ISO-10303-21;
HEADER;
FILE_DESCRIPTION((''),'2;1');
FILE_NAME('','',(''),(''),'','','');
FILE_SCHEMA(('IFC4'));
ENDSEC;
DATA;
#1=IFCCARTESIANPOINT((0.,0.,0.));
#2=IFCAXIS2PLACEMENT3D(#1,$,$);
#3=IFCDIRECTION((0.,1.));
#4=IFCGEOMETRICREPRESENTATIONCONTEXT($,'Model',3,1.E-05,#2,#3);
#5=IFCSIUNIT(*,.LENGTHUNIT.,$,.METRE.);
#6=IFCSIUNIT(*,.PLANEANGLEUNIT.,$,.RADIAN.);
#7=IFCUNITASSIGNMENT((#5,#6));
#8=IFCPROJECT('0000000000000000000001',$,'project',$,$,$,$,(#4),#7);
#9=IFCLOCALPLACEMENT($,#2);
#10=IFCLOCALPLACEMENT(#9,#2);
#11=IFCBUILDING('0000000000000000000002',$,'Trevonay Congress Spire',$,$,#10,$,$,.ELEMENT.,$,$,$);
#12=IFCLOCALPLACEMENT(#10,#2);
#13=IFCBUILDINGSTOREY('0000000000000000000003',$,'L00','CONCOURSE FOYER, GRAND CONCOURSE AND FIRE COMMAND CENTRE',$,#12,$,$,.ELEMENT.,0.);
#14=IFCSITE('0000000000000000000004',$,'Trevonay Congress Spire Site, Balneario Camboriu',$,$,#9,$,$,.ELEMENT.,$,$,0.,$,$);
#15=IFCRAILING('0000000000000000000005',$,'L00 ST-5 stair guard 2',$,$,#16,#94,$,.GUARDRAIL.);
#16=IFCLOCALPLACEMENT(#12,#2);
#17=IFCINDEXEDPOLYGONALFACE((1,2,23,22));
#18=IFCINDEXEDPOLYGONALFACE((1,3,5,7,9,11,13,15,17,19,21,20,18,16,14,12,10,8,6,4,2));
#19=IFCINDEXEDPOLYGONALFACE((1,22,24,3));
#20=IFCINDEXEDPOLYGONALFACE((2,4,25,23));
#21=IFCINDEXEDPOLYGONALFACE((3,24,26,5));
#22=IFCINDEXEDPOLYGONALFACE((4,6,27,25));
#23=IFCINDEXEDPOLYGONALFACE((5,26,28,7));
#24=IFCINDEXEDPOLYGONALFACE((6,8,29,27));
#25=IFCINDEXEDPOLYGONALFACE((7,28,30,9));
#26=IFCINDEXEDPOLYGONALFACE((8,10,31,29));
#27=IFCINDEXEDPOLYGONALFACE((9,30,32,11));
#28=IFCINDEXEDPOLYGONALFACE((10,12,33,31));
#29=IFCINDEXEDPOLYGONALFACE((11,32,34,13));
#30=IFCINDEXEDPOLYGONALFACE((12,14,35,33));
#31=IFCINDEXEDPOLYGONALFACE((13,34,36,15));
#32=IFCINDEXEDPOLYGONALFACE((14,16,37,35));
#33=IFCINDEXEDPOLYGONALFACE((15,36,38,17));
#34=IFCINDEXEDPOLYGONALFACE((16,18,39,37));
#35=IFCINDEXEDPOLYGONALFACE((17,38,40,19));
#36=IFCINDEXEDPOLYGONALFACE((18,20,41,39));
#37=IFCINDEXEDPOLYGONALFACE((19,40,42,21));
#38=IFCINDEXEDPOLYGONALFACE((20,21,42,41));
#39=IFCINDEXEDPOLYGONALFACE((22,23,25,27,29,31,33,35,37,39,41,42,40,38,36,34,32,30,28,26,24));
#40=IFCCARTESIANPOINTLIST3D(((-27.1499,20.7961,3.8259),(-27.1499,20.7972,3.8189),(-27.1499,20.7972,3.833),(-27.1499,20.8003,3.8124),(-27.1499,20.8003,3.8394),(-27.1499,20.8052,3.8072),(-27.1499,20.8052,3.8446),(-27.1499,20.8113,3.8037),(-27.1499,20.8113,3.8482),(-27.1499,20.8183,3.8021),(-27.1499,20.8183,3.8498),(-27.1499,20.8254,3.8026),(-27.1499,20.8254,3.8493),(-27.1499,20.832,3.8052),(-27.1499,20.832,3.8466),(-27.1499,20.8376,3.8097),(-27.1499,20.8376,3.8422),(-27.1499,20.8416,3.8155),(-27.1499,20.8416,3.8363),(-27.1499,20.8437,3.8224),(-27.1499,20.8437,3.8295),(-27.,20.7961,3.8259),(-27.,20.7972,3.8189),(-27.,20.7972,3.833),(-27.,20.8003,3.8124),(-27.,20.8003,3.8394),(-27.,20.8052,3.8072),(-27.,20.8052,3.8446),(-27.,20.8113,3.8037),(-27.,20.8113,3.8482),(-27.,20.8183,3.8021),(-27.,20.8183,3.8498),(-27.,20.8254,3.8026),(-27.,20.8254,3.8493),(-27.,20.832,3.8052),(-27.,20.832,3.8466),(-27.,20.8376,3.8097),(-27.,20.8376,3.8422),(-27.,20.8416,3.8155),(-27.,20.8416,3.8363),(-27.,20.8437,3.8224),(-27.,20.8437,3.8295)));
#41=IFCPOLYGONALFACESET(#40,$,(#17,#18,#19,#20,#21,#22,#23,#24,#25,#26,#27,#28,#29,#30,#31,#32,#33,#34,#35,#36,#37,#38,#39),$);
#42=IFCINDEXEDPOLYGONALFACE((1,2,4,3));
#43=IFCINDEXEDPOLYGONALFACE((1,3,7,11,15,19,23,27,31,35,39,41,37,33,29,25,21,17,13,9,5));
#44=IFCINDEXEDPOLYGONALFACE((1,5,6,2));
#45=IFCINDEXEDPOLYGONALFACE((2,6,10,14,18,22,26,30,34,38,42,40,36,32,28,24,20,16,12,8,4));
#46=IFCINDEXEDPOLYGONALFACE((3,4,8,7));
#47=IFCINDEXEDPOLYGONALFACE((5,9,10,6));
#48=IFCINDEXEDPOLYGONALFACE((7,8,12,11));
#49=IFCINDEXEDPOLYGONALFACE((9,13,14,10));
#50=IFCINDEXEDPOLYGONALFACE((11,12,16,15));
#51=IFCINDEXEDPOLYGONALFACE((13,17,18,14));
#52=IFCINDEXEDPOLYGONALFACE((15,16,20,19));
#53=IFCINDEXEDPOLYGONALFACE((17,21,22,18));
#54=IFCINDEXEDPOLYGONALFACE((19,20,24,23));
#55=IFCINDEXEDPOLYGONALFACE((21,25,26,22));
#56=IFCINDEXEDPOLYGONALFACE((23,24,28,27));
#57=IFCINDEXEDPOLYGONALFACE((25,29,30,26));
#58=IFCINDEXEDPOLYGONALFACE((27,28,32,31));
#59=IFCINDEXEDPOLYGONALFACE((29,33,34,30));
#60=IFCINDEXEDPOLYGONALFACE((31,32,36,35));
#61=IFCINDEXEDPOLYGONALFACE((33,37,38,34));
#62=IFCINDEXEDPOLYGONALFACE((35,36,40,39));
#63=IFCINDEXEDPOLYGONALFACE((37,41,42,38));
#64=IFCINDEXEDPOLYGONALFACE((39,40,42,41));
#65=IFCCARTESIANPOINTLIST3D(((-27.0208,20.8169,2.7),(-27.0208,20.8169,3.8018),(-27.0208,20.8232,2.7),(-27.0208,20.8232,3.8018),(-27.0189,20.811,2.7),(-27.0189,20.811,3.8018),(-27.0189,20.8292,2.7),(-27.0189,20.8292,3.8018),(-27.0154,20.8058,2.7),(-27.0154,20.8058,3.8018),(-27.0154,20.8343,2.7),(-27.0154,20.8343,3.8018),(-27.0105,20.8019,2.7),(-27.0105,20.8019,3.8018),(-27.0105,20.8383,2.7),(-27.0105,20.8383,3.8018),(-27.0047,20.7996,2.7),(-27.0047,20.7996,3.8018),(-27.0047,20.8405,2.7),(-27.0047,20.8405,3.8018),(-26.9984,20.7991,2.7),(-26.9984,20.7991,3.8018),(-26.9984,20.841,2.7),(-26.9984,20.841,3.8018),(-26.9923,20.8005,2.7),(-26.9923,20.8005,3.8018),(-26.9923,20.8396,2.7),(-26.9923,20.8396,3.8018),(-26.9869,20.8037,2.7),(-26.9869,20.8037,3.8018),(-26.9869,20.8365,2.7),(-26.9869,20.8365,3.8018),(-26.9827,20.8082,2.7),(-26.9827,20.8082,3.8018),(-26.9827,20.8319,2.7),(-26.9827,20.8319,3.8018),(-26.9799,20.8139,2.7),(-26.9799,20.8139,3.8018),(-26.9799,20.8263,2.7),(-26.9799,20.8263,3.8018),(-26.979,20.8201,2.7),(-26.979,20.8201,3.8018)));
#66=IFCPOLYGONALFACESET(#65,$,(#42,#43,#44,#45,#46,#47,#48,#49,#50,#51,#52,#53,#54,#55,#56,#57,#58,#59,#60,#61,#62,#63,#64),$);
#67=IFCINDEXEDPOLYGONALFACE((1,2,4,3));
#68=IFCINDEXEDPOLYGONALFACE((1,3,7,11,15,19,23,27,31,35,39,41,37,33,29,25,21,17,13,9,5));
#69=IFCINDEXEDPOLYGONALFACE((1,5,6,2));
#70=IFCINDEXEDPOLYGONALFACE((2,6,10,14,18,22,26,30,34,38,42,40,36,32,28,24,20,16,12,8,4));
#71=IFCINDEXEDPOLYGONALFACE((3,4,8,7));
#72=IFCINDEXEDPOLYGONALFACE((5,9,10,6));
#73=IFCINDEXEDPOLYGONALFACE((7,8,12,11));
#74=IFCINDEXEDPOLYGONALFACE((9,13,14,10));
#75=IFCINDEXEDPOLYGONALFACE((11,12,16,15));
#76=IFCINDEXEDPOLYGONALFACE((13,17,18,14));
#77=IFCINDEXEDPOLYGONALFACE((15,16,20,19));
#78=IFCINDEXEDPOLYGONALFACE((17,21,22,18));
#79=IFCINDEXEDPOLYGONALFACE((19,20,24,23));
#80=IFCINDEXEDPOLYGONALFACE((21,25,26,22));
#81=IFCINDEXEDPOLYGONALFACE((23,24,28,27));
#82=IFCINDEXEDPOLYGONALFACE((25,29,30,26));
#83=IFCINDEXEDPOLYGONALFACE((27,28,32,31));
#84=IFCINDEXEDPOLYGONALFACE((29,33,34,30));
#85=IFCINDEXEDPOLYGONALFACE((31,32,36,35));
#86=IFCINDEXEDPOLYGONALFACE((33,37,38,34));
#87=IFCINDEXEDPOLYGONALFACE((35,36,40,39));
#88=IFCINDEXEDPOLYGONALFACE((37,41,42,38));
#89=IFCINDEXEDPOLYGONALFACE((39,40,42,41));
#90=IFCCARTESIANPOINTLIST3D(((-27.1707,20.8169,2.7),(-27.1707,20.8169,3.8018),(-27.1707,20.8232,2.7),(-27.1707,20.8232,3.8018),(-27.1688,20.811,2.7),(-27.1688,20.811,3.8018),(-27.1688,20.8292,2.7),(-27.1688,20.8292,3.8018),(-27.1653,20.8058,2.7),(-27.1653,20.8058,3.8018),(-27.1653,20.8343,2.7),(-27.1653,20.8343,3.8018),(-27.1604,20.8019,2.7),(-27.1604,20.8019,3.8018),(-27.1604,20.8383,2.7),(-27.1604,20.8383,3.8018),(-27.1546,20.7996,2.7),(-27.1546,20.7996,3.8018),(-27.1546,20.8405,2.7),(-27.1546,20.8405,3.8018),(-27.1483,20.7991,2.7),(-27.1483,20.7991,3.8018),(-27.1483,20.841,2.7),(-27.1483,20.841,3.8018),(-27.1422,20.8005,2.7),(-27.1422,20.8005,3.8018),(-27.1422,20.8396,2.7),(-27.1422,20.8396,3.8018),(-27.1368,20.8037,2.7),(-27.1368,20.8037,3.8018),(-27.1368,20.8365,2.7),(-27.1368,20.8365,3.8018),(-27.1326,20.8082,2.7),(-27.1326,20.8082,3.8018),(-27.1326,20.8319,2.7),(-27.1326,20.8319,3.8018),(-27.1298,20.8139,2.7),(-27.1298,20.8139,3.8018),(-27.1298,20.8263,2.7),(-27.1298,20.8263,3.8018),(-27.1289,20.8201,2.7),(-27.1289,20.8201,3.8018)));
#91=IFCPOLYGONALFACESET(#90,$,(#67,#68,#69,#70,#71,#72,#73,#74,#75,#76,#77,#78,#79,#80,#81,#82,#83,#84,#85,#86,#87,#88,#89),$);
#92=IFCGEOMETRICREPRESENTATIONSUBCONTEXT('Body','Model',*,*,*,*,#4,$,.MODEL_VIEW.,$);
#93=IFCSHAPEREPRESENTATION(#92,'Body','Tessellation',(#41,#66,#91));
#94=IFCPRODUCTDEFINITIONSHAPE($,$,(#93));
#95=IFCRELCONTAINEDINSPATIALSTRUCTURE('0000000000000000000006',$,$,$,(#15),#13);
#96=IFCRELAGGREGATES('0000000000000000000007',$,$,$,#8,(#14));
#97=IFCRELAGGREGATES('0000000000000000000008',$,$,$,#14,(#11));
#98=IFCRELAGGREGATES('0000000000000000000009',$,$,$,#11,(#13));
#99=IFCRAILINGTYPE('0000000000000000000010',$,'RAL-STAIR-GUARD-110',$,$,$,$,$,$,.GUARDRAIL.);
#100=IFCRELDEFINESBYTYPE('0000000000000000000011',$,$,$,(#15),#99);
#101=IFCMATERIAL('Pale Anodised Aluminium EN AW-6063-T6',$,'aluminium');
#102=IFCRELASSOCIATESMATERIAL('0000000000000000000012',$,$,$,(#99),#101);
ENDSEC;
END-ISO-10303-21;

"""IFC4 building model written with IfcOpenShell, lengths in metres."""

from ifc_helpers import new_model, si_unit, direction, frame, origin, origin_2d, place, context, subcontext, project, spatial, circle, extrude, material, type_object, element, save


model = new_model("IFC4")

# Units and contexts
model_context = context("Model", 3, precision=1e-05, world=origin(), true_north=direction((0.0, 1.0)))
body_context = subcontext(model_context, "Body", "Model", "MODEL_VIEW")
ifc_project = project(units=[si_unit("LENGTHUNIT", "METRE"), si_unit("PLANEANGLEUNIT", "RADIAN")], contexts=[model_context])

# Site, building, storey
site_placement = place(None, origin())
site = spatial("IfcSite", under=ifc_project, at=site_placement, Name="Trevonay Congress Spire Site, Balneario Camboriu", CompositionType="ELEMENT", RefElevation=0.0)
building_placement = place(site_placement, origin())
building = spatial("IfcBuilding", under=site, at=building_placement, Name="Trevonay Congress Spire", CompositionType="ELEMENT")
storey_placement = place(building_placement, origin())
storey = spatial("IfcBuildingStorey", under=building, at=storey_placement, Name="L00", Description="CONCOURSE FOYER, GRAND CONCOURSE AND FIRE COMMAND CENTRE", CompositionType="ELEMENT", Elevation=0.0)

# Shared definitions
ifc_material_1 = material(Name="Pale Anodised Aluminium EN AW-6063-T6", Category="aluminium")

# Railing
railing_type_1 = type_object("IfcRailingType", Name="RAL-STAIR-GUARD-110", PredefinedType="GUARDRAIL", material=ifc_material_1)
railing_1_placement = place(storey_placement, frame((-27.0, 20.8201, 2.7)))
element("IfcRailing", 1, at=railing_1_placement, inside=storey, type_object=railing_type_1, Name="L00 ST-5 stair guard 2", PredefinedType="GUARDRAIL", context=body_context, shape_type="SweptSolid", body=[
    extrude(circle(Radius=0.0239, at=origin_2d()), frame((0.0, 0.0, 1.126), z_axis=(-1.0, 0.0, 0.0), x_axis=(0.0, -1.0, 0.0)), (0.0, 0.0, 1.0), 0.1499),
    extrude(circle(Radius=0.021, at=origin_2d()), origin(), (0.0, 0.0, 1.0), 1.1018),
    extrude(circle(Radius=0.021, at=origin_2d()), frame((-0.1499, 0.0, 0.0)), (0.0, 0.0, 1.0), 1.1018),
])

save(model, "model.ifc")
